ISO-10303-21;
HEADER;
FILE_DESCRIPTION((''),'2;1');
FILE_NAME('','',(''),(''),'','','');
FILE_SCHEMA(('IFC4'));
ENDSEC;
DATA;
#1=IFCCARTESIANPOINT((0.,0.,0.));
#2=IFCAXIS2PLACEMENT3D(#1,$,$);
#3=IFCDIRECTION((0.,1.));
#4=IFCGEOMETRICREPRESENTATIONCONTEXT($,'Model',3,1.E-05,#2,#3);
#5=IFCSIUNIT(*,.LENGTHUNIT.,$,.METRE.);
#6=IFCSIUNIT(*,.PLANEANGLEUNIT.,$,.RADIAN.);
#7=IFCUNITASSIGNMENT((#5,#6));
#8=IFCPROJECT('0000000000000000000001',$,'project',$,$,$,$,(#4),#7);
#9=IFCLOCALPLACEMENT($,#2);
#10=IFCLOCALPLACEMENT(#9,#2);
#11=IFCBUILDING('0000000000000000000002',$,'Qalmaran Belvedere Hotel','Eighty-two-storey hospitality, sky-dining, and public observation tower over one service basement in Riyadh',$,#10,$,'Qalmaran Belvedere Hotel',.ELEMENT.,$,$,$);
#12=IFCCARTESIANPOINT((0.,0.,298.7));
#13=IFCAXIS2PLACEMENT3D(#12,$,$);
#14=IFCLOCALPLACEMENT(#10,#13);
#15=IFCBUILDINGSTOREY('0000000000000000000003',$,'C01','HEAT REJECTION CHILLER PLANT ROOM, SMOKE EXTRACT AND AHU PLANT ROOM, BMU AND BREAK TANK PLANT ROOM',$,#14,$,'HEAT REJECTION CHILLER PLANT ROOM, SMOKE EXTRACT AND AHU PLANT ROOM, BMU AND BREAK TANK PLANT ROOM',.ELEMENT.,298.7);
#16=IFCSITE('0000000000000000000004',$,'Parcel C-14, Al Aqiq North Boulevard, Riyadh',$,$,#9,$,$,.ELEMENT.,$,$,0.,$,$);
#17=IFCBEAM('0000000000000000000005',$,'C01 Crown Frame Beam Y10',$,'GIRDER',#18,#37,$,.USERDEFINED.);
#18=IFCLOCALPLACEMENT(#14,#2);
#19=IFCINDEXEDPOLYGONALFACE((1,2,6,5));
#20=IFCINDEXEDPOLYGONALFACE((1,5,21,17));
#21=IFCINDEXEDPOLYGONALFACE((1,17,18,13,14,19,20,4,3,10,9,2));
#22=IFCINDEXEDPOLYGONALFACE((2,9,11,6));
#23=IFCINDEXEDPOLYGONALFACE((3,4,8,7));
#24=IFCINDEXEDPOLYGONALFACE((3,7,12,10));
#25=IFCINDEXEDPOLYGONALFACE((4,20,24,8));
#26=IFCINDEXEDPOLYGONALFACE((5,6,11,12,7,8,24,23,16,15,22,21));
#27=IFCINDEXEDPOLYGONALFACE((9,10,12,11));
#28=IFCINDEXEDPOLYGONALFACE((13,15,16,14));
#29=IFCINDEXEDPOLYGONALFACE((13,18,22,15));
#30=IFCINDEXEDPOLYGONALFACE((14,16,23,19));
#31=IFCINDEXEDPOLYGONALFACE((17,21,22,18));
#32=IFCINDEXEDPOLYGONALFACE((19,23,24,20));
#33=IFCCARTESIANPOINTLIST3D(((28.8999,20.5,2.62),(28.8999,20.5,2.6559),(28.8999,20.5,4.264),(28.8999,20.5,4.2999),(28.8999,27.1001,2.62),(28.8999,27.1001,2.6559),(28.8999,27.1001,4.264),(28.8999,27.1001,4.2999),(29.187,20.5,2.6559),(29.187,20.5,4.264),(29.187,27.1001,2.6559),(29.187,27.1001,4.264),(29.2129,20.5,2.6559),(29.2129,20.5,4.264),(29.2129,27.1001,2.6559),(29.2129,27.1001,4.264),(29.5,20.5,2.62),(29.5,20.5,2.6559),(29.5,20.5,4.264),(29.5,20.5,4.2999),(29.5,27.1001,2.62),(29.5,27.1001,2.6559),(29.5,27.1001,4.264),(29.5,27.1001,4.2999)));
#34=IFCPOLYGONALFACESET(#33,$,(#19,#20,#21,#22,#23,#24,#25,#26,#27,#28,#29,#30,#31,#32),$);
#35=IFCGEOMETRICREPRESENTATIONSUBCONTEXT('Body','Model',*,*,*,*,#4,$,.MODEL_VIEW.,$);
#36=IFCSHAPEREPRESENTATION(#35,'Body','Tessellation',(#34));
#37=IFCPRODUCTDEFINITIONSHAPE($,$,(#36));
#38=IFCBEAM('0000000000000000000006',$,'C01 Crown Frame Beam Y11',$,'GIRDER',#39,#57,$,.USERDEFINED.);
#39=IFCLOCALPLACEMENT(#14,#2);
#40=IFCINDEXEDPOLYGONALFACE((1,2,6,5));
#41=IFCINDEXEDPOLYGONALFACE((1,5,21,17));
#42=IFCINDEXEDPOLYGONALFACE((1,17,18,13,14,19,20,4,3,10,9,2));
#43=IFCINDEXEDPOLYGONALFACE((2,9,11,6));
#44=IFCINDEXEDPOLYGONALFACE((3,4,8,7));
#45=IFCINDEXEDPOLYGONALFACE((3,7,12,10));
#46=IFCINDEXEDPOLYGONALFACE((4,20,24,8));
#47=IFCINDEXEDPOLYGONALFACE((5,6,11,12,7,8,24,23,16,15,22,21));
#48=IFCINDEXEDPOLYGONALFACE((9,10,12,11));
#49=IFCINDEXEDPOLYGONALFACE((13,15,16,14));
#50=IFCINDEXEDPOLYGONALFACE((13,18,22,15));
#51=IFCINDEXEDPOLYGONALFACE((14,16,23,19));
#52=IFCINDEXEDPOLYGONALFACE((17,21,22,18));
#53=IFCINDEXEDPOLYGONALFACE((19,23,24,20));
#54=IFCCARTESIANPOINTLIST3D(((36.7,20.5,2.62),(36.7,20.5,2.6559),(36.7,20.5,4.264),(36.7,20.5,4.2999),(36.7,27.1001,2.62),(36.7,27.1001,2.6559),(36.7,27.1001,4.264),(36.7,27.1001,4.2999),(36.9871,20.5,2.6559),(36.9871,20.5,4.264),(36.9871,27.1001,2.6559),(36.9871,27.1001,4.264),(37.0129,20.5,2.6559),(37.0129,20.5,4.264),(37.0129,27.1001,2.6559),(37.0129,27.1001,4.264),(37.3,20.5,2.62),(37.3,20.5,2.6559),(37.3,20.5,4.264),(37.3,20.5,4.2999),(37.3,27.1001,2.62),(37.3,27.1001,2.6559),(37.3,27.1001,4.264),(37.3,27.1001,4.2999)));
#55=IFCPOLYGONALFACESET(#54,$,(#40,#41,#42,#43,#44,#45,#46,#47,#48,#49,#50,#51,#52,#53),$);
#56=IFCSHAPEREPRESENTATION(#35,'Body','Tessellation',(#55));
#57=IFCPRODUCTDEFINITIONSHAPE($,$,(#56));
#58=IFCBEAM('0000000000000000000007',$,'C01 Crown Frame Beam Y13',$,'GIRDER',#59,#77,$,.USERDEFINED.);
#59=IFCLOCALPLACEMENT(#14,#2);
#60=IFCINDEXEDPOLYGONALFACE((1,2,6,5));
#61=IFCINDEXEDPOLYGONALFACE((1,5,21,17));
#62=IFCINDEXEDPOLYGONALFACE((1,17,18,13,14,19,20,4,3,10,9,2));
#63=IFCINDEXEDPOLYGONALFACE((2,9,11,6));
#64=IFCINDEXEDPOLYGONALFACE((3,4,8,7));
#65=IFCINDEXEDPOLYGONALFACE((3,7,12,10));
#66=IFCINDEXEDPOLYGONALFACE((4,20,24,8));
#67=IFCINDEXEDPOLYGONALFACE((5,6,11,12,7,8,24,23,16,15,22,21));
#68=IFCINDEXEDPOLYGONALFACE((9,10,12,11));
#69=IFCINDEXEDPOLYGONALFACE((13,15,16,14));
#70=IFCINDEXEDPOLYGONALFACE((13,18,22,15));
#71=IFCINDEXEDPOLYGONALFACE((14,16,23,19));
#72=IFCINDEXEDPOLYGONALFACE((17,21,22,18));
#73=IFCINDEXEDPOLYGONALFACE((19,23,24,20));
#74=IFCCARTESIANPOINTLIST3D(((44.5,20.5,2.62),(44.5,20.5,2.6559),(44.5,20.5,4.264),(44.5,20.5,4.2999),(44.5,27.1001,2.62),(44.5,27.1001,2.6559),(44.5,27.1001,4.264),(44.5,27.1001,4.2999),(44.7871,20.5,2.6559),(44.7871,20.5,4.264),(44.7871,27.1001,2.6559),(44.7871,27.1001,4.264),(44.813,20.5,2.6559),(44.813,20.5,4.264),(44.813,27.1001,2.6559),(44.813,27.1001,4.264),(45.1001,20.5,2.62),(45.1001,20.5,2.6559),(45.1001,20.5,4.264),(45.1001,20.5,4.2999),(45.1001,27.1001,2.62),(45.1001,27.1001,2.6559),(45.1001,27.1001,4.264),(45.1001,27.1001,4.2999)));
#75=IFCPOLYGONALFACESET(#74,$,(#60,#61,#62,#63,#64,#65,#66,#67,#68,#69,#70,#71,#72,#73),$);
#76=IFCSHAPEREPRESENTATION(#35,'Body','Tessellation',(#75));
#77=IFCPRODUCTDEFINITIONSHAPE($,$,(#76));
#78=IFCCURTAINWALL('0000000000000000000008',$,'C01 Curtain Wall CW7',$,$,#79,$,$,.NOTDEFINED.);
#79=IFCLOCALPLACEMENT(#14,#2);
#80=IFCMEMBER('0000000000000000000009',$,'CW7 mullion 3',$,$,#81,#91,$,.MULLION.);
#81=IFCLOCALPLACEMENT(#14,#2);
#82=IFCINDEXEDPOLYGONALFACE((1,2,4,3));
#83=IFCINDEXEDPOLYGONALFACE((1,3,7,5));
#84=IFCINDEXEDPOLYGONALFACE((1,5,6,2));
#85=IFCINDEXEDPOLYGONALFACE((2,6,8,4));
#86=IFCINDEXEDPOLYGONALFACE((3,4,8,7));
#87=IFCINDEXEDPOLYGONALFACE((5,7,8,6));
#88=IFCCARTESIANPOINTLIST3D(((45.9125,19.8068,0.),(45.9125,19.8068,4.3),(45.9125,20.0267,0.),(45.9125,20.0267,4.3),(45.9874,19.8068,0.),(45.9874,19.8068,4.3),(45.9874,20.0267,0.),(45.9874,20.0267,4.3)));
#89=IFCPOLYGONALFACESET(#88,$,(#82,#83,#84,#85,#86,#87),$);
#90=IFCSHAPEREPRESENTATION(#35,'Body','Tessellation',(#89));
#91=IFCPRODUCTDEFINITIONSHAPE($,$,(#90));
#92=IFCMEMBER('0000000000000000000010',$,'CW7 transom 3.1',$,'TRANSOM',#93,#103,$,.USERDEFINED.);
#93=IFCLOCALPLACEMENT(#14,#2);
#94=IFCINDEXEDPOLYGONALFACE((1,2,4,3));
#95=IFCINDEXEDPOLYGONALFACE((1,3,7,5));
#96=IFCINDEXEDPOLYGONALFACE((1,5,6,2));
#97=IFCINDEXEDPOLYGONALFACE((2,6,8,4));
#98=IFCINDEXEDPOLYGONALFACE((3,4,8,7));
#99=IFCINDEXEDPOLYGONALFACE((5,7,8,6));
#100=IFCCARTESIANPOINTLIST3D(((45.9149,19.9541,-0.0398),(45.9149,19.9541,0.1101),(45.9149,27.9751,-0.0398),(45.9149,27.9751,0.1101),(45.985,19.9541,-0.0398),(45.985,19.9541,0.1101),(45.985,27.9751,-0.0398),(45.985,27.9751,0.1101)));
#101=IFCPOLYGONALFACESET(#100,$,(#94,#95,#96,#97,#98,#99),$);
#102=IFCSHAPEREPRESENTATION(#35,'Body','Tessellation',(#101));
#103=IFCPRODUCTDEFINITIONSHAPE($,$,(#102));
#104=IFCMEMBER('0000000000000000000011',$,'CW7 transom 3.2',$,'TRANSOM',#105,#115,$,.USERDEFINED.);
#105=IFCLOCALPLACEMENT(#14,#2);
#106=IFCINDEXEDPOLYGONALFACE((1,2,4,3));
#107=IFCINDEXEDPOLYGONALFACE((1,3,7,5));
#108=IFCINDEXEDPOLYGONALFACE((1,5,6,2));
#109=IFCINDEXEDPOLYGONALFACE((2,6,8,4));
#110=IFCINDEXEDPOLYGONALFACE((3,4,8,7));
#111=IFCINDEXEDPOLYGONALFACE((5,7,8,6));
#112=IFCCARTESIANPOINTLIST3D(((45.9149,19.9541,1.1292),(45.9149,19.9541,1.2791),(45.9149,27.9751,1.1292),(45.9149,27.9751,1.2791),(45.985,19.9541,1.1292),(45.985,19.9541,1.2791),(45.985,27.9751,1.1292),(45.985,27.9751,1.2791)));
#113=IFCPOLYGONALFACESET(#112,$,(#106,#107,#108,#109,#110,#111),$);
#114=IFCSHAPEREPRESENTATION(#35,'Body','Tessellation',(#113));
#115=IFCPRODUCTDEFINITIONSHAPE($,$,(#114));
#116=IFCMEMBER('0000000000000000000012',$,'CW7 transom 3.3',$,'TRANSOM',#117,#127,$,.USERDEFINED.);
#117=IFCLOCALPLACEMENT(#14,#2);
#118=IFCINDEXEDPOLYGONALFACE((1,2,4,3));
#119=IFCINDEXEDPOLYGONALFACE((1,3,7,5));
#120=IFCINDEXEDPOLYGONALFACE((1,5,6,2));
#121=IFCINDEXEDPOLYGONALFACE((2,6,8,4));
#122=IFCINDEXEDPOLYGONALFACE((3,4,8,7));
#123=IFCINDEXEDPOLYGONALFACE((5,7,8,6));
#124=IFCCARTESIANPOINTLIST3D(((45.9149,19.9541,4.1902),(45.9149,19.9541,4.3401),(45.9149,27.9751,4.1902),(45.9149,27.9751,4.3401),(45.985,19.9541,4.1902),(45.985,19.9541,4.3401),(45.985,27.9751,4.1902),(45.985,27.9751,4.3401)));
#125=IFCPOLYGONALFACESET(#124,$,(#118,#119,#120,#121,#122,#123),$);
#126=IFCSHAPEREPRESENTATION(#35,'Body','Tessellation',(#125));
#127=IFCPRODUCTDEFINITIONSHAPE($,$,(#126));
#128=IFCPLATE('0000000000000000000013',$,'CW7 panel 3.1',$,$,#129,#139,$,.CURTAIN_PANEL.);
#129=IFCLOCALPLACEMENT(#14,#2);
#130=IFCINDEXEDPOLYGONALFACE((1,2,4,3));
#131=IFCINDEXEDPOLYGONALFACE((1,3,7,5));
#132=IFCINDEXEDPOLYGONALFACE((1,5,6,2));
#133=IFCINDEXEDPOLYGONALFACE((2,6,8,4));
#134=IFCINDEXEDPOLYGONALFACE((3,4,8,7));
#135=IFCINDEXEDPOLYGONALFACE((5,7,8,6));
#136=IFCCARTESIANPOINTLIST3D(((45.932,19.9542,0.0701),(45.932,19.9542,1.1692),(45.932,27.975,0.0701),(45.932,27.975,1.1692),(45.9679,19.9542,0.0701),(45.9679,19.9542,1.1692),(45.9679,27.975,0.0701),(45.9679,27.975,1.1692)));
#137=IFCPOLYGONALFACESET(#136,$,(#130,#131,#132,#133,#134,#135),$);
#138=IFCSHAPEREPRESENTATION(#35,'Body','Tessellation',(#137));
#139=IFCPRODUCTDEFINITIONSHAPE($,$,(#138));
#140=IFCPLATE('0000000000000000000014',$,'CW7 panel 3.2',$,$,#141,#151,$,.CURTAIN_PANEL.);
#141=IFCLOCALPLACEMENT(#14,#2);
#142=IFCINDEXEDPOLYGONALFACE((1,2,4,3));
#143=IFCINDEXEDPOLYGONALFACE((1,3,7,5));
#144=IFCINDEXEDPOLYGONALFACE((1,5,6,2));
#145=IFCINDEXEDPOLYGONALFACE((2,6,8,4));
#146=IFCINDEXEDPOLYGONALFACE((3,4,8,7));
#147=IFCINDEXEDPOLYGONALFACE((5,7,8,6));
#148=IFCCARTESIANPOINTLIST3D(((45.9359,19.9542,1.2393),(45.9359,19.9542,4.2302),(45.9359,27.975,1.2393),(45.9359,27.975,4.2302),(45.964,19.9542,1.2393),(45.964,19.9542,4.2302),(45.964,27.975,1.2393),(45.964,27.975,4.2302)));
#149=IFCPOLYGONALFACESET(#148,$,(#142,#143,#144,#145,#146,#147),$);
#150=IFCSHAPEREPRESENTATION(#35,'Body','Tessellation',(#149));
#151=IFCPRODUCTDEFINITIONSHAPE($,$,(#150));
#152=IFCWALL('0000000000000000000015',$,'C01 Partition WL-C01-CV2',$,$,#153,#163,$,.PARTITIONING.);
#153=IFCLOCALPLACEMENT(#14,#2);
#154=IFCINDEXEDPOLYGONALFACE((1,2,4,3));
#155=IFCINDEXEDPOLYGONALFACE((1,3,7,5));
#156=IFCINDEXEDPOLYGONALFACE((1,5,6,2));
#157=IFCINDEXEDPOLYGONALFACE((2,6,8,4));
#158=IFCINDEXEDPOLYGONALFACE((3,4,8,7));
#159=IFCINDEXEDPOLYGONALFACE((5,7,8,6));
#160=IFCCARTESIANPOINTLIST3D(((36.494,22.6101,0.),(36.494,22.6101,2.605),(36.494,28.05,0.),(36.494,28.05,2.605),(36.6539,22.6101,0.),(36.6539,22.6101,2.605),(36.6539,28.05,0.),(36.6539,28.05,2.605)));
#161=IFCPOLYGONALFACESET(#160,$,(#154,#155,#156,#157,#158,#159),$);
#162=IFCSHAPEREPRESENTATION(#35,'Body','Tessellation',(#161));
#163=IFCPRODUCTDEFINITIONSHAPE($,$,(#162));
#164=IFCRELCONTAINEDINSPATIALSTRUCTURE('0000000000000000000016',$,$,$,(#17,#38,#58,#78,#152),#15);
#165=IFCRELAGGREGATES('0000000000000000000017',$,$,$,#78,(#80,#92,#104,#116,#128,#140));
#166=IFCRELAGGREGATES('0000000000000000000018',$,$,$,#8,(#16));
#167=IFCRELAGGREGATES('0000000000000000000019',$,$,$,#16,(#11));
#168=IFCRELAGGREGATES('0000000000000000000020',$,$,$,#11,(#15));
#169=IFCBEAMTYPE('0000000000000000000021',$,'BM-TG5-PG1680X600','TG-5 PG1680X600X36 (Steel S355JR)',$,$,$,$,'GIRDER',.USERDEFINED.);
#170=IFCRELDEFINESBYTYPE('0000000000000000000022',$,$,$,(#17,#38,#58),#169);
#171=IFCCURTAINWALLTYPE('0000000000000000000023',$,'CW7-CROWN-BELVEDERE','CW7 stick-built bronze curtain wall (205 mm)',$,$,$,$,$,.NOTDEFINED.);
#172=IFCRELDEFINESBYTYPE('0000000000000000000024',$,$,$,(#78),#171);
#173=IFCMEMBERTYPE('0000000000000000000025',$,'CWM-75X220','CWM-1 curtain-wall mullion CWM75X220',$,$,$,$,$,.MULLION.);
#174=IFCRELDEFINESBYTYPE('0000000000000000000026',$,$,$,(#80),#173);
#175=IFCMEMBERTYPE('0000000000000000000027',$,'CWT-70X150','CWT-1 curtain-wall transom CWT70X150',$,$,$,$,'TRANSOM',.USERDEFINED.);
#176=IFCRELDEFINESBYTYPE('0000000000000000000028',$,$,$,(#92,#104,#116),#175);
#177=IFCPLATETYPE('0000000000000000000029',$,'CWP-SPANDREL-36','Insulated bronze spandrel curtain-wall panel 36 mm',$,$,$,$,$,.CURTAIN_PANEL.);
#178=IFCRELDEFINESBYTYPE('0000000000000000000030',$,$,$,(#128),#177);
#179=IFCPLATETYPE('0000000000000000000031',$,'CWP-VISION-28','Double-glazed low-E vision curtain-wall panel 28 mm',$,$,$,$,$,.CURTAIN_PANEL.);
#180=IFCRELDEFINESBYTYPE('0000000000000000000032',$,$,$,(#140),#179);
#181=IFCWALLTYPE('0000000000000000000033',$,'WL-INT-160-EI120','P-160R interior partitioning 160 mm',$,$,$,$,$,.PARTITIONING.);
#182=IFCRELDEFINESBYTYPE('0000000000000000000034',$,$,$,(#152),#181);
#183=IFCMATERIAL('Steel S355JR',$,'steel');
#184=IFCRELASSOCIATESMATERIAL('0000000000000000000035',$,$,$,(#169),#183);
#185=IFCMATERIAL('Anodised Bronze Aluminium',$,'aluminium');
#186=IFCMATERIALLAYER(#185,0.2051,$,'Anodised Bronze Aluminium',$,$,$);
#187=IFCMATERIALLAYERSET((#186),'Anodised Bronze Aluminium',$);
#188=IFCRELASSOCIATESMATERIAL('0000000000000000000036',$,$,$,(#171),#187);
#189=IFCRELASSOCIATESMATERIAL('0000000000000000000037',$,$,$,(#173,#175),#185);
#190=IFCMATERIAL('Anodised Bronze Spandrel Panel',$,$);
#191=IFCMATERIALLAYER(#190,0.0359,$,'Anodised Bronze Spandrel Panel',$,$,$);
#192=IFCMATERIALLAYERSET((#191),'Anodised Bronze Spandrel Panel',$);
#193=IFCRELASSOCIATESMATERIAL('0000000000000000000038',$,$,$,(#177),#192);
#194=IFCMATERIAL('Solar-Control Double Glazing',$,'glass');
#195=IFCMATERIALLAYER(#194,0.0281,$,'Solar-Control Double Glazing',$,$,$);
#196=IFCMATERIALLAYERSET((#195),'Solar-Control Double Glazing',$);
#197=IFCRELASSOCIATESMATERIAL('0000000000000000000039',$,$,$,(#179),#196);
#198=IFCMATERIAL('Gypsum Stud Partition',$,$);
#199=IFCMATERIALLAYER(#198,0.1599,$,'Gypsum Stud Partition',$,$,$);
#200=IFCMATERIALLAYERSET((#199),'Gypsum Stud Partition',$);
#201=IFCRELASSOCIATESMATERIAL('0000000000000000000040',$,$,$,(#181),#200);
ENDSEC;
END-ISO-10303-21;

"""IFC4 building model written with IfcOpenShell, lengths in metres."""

from ifc_helpers import new_model, si_unit, direction, frame, frame_2d, origin, origin_2d, place, context, subcontext, project, spatial, rectangle, i_section, extrude, material, layer, layer_set, material_profile, profile_set, type_object, element, aggregate, save


model = new_model("IFC4")

# Units and contexts
model_context = context("Model", 3, precision=1e-05, world=origin(), true_north=direction((0.0, 1.0)))
body_context = subcontext(model_context, "Body", "Model", "MODEL_VIEW")
ifc_project = project(units=[si_unit("LENGTHUNIT", "METRE"), si_unit("PLANEANGLEUNIT", "RADIAN")], contexts=[model_context])

# Site, building, storey
site_placement = place(None, origin())
site = spatial("IfcSite", under=ifc_project, at=site_placement, Name="Parcel C-14, Al Aqiq North Boulevard, Riyadh", CompositionType="ELEMENT", RefElevation=0.0)
building_placement = place(site_placement, origin())
building = spatial("IfcBuilding", under=site, at=building_placement, Name="Qalmaran Belvedere Hotel", Description="Eighty-two-storey hospitality, sky-dining, and public observation tower over one service basement in Riyadh", LongName="Qalmaran Belvedere Hotel", CompositionType="ELEMENT")
storey_placement = place(building_placement, frame((0.0, 0.0, 298.7)))
storey = spatial("IfcBuildingStorey", under=building, at=storey_placement, Name="C01", Description="HEAT REJECTION CHILLER PLANT ROOM, SMOKE EXTRACT AND AHU PLANT ROOM, BMU AND BREAK TANK PLANT ROOM", LongName="HEAT REJECTION CHILLER PLANT ROOM, SMOKE EXTRACT AND AHU PLANT ROOM, BMU AND BREAK TANK PLANT ROOM", CompositionType="ELEMENT", Elevation=298.7)

# Beams
ifc_material_1 = material(Name="Steel S355JR", Category="steel")
ifc_material_profile_1 = material_profile(ifc_material_1, i_section(OverallWidth=0.6001, OverallDepth=1.6799, WebThickness=0.0259, FlangeThickness=0.0359, at=origin_2d()), Name="PG1680X600X36")
ifc_profile_set_1 = profile_set([ifc_material_profile_1], Name="Steel S355JR")
beam_type_1 = type_object("IfcBeamType", Name="BM-TG5-PG1680X600", Description="TG-5 PG1680X600X36 (Steel S355JR)", ElementType="GIRDER", PredefinedType="USERDEFINED", material=ifc_profile_set_1)
for number, where, z_axis, x_axis, name in (
    (1, (29.2, 20.5, 3.46), (0.0, 1.0, 0.0), (-1.0, 0.0, 0.0), "C01 Crown Frame Beam Y10"),
    (2, (37.0, 20.5, 3.46), (0.0, 1.0, 0.0), (-1.0, 0.0, 0.0), "C01 Crown Frame Beam Y11"),
    (3, (44.8, 20.5, 3.46), (0.0, 1.0, 0.0), (-1.0, 0.0, 0.0), "C01 Crown Frame Beam Y13"),
):
    element("IfcBeam", number, at=place(storey_placement, frame(where, z_axis=z_axis, x_axis=x_axis)), inside=storey, type_object=beam_type_1, Name=name, ObjectType="GIRDER", PredefinedType="USERDEFINED", context=body_context, shape_type="SweptSolid", body=[
        extrude(i_section(OverallWidth=0.6001, OverallDepth=1.6799, WebThickness=0.0259, FlangeThickness=0.0359, at=origin_2d()), origin(), (0.0, 0.0, 1.0), 6.6001),
    ])

# Curtain wall, members, plates
ifc_material_2 = material(Name="Anodised Bronze Aluminium", Category="aluminium")
ifc_layer_1 = layer(ifc_material_2, 0.2051, Name="Anodised Bronze Aluminium")
ifc_layer_set_1 = layer_set([ifc_layer_1], Name="Anodised Bronze Aluminium")
curtain_wall_type = type_object("IfcCurtainWallType", Name="CW7-CROWN-BELVEDERE", Description="CW7 stick-built bronze curtain wall (205 mm)", PredefinedType="NOTDEFINED", material=ifc_layer_set_1)
curtain_wall_placement = place(storey_placement, origin())
curtain_wall = element("IfcCurtainWall", 4, at=curtain_wall_placement, inside=storey, type_object=curtain_wall_type, Name="C01 Curtain Wall CW7", PredefinedType="NOTDEFINED")
ifc_material_profile_2 = material_profile(ifc_material_2, rectangle(XDim=0.075, YDim=0.22, at=origin_2d()), Name="CWM75X220")
ifc_profile_set_2 = profile_set([ifc_material_profile_2], Name="Anodised Bronze Aluminium")
member_type_1 = type_object("IfcMemberType", Name="CWM-75X220", Description="CWM-1 curtain-wall mullion CWM75X220", PredefinedType="MULLION", material=ifc_profile_set_2)
member_1_placement = place(storey_placement, frame((45.95, 19.9167, 0.0), z_axis=(0.0, 0.0, 1.0), x_axis=(-1.0, 0.0, 0.0)))
member_1 = element("IfcMember", 5, at=member_1_placement, type_object=member_type_1, Name="CW7 mullion 3", PredefinedType="MULLION", context=body_context, shape_type="SweptSolid", body=[
    extrude(rectangle(XDim=0.075, YDim=0.22, at=origin_2d()), origin(), (0.0, 0.0, 1.0), 4.3),
])
ifc_material_profile_3 = material_profile(ifc_material_2, rectangle(XDim=0.0701, YDim=0.1499, at=origin_2d()), Name="CWT70X150")
ifc_profile_set_3 = profile_set([ifc_material_profile_3], Name="Anodised Bronze Aluminium")
member_type_2 = type_object("IfcMemberType", Name="CWT-70X150", Description="CWT-1 curtain-wall transom CWT70X150", ElementType="TRANSOM", PredefinedType="USERDEFINED", material=ifc_profile_set_3)
member_2_placement = place(storey_placement, frame((45.95, 19.9541, 0.0352), z_axis=(0.0, 1.0, 0.0), x_axis=(-1.0, 0.0, 0.0)))
member_2 = element("IfcMember", 6, at=member_2_placement, type_object=member_type_2, Name="CW7 transom 3.1", ObjectType="TRANSOM", PredefinedType="USERDEFINED", context=body_context, shape_type="SweptSolid", body=[
    extrude(rectangle(XDim=0.0701, YDim=0.1499, at=origin_2d()), origin(), (0.0, 0.0, 1.0), 8.021),
])
member_3_placement = place(storey_placement, frame((45.95, 19.9541, 1.2041), z_axis=(0.0, 1.0, 0.0), x_axis=(-1.0, 0.0, 0.0)))
member_3 = element("IfcMember", 7, at=member_3_placement, type_object=member_type_2, Name="CW7 transom 3.2", ObjectType="TRANSOM", PredefinedType="USERDEFINED", context=body_context, shape_type="SweptSolid", body=[
    extrude(rectangle(XDim=0.0701, YDim=0.1499, at=origin_2d()), origin(), (0.0, 0.0, 1.0), 8.021),
])
member_4_placement = place(storey_placement, frame((45.95, 19.9541, 4.2651), z_axis=(0.0, 1.0, 0.0), x_axis=(-1.0, 0.0, 0.0)))
member_4 = element("IfcMember", 8, at=member_4_placement, type_object=member_type_2, Name="CW7 transom 3.3", ObjectType="TRANSOM", PredefinedType="USERDEFINED", context=body_context, shape_type="SweptSolid", body=[
    extrude(rectangle(XDim=0.0701, YDim=0.1499, at=origin_2d()), origin(), (0.0, 0.0, 1.0), 8.021),
])
ifc_material_3 = material(Name="Anodised Bronze Spandrel Panel")
ifc_layer_2 = layer(ifc_material_3, 0.0359, Name="Anodised Bronze Spandrel Panel")
ifc_layer_set_2 = layer_set([ifc_layer_2], Name="Anodised Bronze Spandrel Panel")
plate_type_1 = type_object("IfcPlateType", Name="CWP-SPANDREL-36", Description="Insulated bronze spandrel curtain-wall panel 36 mm", PredefinedType="CURTAIN_PANEL", material=ifc_layer_set_2)
plate_1_placement = place(storey_placement, frame((45.95, 23.9646, 0.0701), z_axis=(0.0, 0.0, 1.0), x_axis=(0.0, 1.0, 0.0)))
plate_1 = element("IfcPlate", 9, at=plate_1_placement, type_object=plate_type_1, Name="CW7 panel 3.1", PredefinedType="CURTAIN_PANEL", context=body_context, shape_type="SweptSolid", body=[
    extrude(rectangle(XDim=8.0208, YDim=0.0359, at=origin_2d()), origin(), (0.0, 0.0, 1.0), 1.0991),
])
ifc_material_4 = material(Name="Solar-Control Double Glazing", Category="glass")
ifc_layer_3 = layer(ifc_material_4, 0.0281, Name="Solar-Control Double Glazing")
ifc_layer_set_3 = layer_set([ifc_layer_3], Name="Solar-Control Double Glazing")
plate_type_2 = type_object("IfcPlateType", Name="CWP-VISION-28", Description="Double-glazed low-E vision curtain-wall panel 28 mm", PredefinedType="CURTAIN_PANEL", material=ifc_layer_set_3)
plate_2_placement = place(storey_placement, frame((45.95, 23.9646, 1.2393), z_axis=(0.0, 0.0, 1.0), x_axis=(0.0, 1.0, 0.0)))
plate_2 = element("IfcPlate", 10, at=plate_2_placement, type_object=plate_type_2, Name="CW7 panel 3.2", PredefinedType="CURTAIN_PANEL", context=body_context, shape_type="SweptSolid", body=[
    extrude(rectangle(XDim=8.0208, YDim=0.0281, at=origin_2d()), origin(), (0.0, 0.0, 1.0), 2.991),
])
aggregate(curtain_wall, [member_1, member_2, member_3, member_4, plate_1, plate_2])

# Wall
ifc_material_5 = material(Name="Gypsum Stud Partition")
ifc_layer_4 = layer(ifc_material_5, 0.1599, Name="Gypsum Stud Partition")
ifc_layer_set_4 = layer_set([ifc_layer_4], Name="Gypsum Stud Partition")
wall_type_1 = type_object("IfcWallType", Name="WL-INT-160-EI120", Description="P-160R interior partitioning 160 mm", PredefinedType="PARTITIONING", material=ifc_layer_set_4)
wall_1_placement = place(storey_placement, frame((36.574, 22.6101, 0.0), z_axis=(0.0, 0.0, 1.0), x_axis=(0.0, 1.0, 0.0)))
element("IfcWall", 11, at=wall_1_placement, inside=storey, type_object=wall_type_1, Name="C01 Partition WL-C01-CV2", PredefinedType="PARTITIONING", context=body_context, shape_type="SweptSolid", body=[
    extrude(rectangle(XDim=5.4399, YDim=0.1599, at=frame_2d((2.72, 0.0))), origin(), (0.0, 0.0, 1.0), 2.605),
])

save(model, "model.ifc")
